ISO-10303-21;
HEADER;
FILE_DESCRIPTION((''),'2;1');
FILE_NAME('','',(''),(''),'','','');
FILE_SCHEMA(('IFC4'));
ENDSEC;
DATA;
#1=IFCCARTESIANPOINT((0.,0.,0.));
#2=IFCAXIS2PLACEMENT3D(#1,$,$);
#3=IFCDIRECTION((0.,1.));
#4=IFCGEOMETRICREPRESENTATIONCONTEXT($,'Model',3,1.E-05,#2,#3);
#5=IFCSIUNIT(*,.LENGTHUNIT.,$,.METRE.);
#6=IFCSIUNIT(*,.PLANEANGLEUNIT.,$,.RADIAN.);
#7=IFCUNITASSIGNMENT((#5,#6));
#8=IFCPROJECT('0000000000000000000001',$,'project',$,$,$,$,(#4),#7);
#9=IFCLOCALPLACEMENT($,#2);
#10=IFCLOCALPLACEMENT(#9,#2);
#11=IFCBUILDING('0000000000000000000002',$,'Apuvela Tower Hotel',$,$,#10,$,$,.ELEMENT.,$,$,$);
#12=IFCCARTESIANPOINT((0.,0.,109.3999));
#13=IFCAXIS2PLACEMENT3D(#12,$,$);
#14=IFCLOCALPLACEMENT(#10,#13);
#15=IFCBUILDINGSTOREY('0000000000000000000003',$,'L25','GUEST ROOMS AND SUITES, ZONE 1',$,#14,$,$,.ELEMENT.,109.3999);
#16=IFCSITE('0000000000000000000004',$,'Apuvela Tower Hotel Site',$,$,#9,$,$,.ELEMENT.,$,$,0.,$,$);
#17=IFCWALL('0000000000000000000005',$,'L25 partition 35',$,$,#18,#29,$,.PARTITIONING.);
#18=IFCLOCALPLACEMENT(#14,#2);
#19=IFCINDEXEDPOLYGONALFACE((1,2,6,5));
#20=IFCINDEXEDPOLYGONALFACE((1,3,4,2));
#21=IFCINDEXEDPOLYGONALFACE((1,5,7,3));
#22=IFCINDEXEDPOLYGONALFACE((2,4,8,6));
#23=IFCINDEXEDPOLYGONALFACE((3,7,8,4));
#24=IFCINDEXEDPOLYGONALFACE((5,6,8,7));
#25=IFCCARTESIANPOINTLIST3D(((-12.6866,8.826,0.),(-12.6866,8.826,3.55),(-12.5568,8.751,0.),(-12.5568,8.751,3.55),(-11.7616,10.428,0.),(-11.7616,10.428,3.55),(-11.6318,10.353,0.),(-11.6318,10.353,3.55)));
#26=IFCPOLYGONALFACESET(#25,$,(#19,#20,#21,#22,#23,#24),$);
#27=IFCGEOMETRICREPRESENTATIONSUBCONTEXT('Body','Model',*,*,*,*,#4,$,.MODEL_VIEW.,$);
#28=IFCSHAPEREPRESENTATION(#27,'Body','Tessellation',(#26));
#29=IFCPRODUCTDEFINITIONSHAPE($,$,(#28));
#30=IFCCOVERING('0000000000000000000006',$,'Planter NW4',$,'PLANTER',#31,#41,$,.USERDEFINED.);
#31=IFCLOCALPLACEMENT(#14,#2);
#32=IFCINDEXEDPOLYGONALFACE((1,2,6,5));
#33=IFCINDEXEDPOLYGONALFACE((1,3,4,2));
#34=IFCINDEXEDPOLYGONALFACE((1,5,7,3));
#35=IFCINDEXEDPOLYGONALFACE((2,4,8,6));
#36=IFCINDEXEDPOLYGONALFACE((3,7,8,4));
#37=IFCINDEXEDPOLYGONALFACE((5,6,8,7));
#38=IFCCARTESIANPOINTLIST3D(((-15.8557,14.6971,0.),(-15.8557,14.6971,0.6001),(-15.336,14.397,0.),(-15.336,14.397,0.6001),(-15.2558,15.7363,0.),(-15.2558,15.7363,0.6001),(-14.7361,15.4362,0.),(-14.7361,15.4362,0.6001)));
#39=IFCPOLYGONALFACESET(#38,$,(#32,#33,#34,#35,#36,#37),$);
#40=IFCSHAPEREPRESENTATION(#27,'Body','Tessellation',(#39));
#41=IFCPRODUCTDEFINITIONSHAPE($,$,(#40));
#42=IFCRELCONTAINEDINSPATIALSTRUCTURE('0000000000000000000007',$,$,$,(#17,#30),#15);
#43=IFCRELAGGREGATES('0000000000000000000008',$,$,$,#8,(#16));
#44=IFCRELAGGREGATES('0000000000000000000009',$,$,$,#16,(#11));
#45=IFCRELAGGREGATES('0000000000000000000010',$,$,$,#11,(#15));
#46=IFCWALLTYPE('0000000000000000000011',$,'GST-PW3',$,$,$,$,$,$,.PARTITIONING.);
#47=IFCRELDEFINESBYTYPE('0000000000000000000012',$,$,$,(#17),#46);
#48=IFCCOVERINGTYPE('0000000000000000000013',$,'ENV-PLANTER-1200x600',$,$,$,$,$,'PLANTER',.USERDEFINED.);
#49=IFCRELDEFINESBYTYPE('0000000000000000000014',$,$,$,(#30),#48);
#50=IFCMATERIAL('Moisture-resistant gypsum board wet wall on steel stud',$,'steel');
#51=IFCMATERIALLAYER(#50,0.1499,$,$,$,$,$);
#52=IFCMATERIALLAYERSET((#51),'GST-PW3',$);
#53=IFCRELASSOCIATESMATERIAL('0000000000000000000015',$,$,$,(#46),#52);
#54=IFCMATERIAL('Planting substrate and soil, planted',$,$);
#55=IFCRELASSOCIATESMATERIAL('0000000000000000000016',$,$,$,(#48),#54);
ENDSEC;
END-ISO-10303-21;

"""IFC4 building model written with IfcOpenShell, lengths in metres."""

from ifc_helpers import new_model, si_unit, direction, frame, frame_2d, origin, origin_2d, place, context, subcontext, project, spatial, rectangle, extrude, material, layer, layer_set, type_object, element, save


model = new_model("IFC4")

# Units and contexts
model_context = context("Model", 3, precision=1e-05, world=origin(), true_north=direction((0.0, 1.0)))
body_context = subcontext(model_context, "Body", "Model", "MODEL_VIEW")
ifc_project = project(units=[si_unit("LENGTHUNIT", "METRE"), si_unit("PLANEANGLEUNIT", "RADIAN")], contexts=[model_context])

# Site, building, storey
site_placement = place(None, origin())
site = spatial("IfcSite", under=ifc_project, at=site_placement, Name="Apuvela Tower Hotel Site", CompositionType="ELEMENT", RefElevation=0.0)
building_placement = place(site_placement, origin())
building = spatial("IfcBuilding", under=site, at=building_placement, Name="Apuvela Tower Hotel", CompositionType="ELEMENT")
storey_placement = place(building_placement, frame((0.0, 0.0, 109.3999)))
storey = spatial("IfcBuildingStorey", under=building, at=storey_placement, Name="L25", Description="GUEST ROOMS AND SUITES, ZONE 1", CompositionType="ELEMENT", Elevation=109.3999)

# Wall
ifc_material_1 = material(Name="Moisture-resistant gypsum board wet wall on steel stud", Category="steel")
ifc_layer_1 = layer(ifc_material_1, 0.1499)
ifc_layer_set_1 = layer_set([ifc_layer_1], Name="GST-PW3")
wall_type_1 = type_object("IfcWallType", Name="GST-PW3", PredefinedType="PARTITIONING", material=ifc_layer_set_1)
wall_1_placement = place(storey_placement, frame((-11.6968, 10.3904, 0.0), z_axis=(0.0, 0.0, 1.0), x_axis=(-0.500042, -0.866001, 0.0)))
element("IfcWall", 1, at=wall_1_placement, inside=storey, type_object=wall_type_1, Name="L25 partition 35", PredefinedType="PARTITIONING", context=body_context, shape_type="SweptSolid", body=[
    extrude(rectangle(XDim=1.8499, YDim=0.1499, at=frame_2d((0.9248, 0.0))), origin(), (0.0, 0.0, 1.0), 3.55),
])

# Covering
ifc_material_2 = material(Name="Planting substrate and soil, planted")
covering_type = type_object("IfcCoveringType", Name="ENV-PLANTER-1200x600", ElementType="PLANTER", PredefinedType="USERDEFINED", material=ifc_material_2)
covering_placement = place(storey_placement, frame((-15.2959, 15.0667, 0.0), z_axis=(0.0, 0.0, 1.0), x_axis=(-0.5, -0.866025, 0.0)))
element("IfcCovering", 2, at=covering_placement, inside=storey, type_object=covering_type, Name="Planter NW4", ObjectType="PLANTER", PredefinedType="USERDEFINED", context=body_context, shape_type="SweptSolid", body=[
    extrude(rectangle(XDim=1.2, YDim=0.6001, at=origin_2d()), origin(), (0.0, 0.0, 1.0), 0.6001),
])

save(model, "model.ifc")
